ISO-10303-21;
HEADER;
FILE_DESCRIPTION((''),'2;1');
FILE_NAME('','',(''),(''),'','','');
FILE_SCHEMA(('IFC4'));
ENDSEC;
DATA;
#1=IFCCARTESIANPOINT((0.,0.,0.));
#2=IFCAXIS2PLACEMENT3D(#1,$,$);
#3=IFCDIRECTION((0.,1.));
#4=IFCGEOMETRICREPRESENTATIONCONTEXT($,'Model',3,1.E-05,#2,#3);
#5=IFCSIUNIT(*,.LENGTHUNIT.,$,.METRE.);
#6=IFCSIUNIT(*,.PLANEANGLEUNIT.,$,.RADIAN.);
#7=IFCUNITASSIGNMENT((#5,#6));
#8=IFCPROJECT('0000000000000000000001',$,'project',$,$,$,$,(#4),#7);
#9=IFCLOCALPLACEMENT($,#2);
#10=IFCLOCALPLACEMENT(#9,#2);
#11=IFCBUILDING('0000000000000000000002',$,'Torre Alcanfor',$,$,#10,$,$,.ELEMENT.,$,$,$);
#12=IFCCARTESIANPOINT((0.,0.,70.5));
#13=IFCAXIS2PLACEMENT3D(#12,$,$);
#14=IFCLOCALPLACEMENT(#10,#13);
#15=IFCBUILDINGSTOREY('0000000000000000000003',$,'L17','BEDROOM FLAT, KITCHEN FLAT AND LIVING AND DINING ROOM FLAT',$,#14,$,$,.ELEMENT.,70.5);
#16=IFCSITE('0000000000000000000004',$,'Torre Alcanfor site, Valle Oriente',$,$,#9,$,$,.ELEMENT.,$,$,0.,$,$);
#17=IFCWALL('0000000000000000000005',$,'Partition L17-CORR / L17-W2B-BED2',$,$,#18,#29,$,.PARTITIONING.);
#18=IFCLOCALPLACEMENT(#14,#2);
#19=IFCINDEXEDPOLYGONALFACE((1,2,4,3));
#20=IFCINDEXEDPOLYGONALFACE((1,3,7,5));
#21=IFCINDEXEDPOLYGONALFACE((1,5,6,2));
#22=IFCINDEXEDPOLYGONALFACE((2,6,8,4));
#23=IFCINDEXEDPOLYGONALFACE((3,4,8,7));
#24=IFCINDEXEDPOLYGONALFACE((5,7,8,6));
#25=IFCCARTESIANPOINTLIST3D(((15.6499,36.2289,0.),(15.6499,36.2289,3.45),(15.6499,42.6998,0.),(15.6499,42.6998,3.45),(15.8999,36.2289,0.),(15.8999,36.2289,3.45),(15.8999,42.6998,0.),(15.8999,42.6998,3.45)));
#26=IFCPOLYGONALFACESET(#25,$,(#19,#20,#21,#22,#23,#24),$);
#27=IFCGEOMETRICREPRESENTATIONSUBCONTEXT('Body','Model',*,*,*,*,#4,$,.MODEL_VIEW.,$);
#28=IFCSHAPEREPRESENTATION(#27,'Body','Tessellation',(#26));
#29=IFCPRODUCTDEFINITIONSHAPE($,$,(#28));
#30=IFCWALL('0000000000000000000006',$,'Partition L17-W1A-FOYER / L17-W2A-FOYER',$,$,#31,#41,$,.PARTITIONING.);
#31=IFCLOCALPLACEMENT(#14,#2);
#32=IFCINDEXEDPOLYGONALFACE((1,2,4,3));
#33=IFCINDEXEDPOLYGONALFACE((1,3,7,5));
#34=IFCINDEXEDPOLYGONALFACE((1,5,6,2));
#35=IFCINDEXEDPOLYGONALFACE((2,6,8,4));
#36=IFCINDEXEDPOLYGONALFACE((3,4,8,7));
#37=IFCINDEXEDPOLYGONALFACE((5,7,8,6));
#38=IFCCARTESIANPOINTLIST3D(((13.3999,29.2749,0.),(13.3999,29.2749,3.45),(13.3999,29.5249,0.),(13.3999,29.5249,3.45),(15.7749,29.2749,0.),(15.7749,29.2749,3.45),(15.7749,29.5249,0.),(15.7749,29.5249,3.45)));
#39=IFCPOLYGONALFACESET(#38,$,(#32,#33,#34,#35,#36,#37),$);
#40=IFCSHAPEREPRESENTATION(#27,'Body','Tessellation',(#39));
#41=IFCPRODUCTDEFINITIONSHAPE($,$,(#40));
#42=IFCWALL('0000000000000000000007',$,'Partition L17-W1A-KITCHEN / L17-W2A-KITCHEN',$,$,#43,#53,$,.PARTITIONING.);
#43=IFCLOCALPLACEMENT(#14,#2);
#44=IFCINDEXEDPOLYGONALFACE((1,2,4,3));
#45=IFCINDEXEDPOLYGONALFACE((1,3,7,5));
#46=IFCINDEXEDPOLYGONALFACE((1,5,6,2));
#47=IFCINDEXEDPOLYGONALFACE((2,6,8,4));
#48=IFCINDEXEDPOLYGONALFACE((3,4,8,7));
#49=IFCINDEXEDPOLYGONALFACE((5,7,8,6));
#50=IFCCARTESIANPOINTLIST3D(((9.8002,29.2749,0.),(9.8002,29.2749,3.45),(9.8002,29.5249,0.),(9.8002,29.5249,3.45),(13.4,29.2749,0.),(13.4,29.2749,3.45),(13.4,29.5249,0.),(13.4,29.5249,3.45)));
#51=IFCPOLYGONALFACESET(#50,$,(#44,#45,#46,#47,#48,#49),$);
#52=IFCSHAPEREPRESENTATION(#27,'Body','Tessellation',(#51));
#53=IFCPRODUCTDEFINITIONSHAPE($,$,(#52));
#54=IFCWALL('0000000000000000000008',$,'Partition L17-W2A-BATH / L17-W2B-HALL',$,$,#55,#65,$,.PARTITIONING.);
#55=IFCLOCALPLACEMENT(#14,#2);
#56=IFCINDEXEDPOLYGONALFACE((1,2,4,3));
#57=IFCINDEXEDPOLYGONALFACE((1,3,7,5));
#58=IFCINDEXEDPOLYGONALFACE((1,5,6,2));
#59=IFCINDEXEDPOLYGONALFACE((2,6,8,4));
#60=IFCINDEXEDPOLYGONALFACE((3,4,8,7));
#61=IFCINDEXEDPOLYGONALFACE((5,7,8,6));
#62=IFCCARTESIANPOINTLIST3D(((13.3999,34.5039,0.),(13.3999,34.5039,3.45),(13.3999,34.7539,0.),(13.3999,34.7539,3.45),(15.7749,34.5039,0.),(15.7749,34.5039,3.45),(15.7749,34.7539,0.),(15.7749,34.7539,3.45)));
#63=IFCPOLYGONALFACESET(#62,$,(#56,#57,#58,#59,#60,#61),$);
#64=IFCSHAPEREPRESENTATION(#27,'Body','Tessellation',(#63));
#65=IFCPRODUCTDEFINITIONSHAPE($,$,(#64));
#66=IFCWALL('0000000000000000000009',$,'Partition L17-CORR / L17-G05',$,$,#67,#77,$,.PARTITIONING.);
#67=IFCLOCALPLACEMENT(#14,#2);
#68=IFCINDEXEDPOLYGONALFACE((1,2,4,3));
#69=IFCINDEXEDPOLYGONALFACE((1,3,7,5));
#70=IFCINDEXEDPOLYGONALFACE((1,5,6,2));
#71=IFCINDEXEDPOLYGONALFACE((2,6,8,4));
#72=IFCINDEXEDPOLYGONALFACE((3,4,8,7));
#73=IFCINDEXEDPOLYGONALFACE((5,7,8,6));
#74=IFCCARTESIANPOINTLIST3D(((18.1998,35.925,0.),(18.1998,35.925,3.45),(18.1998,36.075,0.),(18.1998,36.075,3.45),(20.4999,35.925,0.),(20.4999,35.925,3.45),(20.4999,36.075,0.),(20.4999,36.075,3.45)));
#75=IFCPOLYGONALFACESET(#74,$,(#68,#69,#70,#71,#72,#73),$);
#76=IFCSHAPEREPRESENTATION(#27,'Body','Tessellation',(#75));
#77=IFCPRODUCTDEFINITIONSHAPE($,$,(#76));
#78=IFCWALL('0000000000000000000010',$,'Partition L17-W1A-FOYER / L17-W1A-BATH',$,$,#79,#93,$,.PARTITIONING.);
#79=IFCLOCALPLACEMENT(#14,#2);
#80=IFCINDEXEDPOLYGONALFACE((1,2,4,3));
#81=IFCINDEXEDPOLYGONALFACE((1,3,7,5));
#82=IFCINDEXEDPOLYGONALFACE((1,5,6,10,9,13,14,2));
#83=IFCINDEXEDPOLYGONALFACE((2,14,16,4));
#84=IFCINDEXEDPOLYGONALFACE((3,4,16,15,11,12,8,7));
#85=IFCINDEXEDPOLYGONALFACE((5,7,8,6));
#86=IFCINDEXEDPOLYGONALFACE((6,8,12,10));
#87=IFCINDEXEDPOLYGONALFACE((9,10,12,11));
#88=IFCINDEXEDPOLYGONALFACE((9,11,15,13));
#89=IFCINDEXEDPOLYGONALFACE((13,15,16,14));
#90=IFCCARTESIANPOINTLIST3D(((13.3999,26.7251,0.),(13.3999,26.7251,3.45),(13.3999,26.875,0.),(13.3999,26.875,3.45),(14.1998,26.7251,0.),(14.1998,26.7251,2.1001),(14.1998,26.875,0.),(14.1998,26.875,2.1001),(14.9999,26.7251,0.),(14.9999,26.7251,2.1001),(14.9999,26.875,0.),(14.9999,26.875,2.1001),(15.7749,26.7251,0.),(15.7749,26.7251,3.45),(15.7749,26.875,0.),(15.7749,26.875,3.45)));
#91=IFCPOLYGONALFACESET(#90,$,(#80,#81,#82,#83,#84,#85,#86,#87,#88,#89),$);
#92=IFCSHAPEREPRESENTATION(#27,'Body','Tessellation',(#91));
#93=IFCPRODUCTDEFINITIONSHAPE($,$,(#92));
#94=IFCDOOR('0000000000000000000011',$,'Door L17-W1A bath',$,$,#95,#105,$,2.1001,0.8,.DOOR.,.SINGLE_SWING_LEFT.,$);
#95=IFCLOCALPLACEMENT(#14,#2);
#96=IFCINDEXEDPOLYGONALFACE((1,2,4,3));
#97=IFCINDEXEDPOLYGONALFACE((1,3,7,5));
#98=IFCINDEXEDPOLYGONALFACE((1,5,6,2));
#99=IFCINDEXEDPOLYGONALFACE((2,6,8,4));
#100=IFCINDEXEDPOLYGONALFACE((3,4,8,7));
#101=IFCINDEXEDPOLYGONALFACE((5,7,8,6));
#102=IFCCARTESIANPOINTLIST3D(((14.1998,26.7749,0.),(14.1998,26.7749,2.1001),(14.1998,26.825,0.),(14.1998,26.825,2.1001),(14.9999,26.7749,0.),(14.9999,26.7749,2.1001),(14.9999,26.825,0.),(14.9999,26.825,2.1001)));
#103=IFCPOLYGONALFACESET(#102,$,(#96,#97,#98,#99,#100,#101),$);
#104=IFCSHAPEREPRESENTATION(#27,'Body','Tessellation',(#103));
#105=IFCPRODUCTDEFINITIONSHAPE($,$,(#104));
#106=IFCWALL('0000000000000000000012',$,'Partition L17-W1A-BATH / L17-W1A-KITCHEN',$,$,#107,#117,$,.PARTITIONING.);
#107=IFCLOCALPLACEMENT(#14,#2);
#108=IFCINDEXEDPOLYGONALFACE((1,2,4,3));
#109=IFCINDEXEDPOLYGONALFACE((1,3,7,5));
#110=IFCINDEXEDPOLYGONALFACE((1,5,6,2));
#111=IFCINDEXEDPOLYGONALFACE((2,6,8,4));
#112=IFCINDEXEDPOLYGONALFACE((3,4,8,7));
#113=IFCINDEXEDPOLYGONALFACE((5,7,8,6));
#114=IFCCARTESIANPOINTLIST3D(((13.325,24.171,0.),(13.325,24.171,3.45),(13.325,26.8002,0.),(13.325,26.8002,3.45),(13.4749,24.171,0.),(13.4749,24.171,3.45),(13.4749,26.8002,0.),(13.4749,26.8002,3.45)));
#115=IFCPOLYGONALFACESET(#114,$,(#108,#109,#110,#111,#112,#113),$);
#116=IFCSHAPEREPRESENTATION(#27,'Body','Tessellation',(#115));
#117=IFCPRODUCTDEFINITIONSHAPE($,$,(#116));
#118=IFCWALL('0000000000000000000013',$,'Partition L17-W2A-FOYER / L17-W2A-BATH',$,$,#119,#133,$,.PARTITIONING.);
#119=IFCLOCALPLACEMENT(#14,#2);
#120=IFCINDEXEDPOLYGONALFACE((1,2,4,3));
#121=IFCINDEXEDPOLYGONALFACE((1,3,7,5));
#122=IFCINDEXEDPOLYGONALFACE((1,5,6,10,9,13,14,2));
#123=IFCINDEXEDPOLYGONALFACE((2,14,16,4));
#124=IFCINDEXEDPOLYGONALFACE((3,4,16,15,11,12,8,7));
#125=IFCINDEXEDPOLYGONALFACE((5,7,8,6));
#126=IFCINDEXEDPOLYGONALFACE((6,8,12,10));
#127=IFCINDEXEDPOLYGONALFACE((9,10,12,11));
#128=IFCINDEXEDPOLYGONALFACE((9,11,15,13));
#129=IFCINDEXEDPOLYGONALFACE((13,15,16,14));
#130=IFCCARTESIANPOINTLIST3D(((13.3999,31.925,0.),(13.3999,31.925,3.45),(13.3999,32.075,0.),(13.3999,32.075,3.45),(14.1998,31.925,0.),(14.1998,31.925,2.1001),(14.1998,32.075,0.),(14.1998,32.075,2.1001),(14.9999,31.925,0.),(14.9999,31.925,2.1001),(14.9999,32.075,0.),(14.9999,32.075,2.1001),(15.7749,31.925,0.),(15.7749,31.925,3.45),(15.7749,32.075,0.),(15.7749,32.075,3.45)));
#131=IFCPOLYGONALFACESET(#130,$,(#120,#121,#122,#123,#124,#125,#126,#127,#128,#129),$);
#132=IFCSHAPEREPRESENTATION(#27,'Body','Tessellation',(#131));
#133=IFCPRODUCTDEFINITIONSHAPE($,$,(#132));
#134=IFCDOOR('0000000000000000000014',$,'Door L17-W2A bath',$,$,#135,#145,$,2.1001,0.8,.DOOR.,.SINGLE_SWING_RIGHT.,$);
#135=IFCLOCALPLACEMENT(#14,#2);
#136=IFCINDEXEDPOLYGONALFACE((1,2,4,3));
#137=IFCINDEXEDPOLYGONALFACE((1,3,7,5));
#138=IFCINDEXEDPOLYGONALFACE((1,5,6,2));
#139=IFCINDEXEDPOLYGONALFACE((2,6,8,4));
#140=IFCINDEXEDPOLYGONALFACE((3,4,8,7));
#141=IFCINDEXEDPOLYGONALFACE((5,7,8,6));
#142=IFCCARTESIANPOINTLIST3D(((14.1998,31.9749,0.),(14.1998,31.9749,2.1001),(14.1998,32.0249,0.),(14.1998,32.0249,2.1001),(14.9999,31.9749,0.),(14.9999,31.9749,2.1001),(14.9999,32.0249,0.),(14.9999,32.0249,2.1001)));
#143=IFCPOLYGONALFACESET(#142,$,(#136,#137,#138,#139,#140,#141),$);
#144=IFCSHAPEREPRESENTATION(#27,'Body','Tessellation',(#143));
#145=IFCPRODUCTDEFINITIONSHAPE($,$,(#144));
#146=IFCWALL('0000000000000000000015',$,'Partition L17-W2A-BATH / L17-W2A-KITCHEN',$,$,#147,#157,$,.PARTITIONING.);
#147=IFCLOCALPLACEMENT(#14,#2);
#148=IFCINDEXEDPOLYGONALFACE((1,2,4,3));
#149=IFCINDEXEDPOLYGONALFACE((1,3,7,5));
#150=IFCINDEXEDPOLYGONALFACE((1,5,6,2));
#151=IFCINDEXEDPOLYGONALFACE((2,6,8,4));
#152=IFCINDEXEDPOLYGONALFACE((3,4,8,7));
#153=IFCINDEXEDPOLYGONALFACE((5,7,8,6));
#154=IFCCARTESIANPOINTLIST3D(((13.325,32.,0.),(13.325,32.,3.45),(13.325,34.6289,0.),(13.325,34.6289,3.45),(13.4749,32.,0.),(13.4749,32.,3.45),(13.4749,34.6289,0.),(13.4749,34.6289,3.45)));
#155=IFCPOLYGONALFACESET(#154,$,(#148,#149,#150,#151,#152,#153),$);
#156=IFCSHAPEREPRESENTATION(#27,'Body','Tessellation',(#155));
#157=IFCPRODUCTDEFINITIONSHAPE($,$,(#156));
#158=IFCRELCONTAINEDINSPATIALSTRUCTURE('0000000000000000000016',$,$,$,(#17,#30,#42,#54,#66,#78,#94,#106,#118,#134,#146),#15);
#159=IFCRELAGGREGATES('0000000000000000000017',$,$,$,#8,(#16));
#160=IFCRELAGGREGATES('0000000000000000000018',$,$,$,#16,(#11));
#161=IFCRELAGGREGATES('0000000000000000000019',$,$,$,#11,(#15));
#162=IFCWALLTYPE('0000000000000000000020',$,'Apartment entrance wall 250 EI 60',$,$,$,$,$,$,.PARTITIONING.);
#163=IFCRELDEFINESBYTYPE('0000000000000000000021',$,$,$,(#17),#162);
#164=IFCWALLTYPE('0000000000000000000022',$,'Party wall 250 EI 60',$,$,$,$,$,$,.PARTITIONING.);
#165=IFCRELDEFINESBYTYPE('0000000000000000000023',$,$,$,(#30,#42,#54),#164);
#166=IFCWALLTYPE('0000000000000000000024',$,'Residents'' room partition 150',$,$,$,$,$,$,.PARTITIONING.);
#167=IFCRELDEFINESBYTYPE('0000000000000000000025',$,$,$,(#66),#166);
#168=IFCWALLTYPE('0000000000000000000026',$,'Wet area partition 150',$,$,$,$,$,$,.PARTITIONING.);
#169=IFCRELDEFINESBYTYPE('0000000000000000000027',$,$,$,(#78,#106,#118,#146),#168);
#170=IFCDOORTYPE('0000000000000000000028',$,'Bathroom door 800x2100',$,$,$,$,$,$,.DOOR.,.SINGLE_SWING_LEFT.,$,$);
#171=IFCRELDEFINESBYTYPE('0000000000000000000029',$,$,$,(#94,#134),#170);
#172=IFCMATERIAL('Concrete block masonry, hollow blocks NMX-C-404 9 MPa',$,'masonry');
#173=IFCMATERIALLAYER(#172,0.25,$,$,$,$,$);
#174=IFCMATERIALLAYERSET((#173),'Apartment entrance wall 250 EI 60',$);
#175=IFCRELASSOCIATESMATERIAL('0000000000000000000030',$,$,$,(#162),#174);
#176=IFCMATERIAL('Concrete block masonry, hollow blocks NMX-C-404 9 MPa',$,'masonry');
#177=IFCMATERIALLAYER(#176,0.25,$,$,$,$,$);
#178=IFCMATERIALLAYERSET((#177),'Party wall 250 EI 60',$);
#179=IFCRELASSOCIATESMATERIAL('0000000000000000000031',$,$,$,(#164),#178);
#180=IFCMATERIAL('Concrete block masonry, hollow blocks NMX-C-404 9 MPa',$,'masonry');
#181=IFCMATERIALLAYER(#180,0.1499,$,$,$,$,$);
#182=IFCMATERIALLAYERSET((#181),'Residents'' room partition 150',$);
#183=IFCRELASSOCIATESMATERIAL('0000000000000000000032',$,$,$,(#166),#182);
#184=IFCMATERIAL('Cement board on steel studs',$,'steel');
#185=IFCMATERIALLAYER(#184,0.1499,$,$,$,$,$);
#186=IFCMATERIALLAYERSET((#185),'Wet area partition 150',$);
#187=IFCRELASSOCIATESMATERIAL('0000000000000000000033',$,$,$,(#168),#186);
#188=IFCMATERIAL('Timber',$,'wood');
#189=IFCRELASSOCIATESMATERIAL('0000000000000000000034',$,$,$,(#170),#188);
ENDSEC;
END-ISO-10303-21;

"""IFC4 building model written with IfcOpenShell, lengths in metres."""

from ifc_helpers import new_model, si_unit, direction, frame, frame_2d, origin, place, context, subcontext, project, spatial, rectangle, extrude, material, layer, layer_set, type_object, element, fill, save


model = new_model("IFC4")

# Units and contexts
model_context = context("Model", 3, precision=1e-05, world=origin(), true_north=direction((0.0, 1.0)))
body_context = subcontext(model_context, "Body", "Model", "MODEL_VIEW")
ifc_project = project(units=[si_unit("LENGTHUNIT", "METRE"), si_unit("PLANEANGLEUNIT", "RADIAN")], contexts=[model_context])

# Site, building, storey
site_placement = place(None, origin())
site = spatial("IfcSite", under=ifc_project, at=site_placement, Name="Torre Alcanfor site, Valle Oriente", CompositionType="ELEMENT", RefElevation=0.0)
building_placement = place(site_placement, origin())
building = spatial("IfcBuilding", under=site, at=building_placement, Name="Torre Alcanfor", CompositionType="ELEMENT")
storey_placement = place(building_placement, frame((0.0, 0.0, 70.5)))
storey = spatial("IfcBuildingStorey", under=building, at=storey_placement, Name="L17", Description="BEDROOM FLAT, KITCHEN FLAT AND LIVING AND DINING ROOM FLAT", CompositionType="ELEMENT", Elevation=70.5)

# Shared definitions
ifc_material_1 = material(Name="Concrete block masonry, hollow blocks NMX-C-404 9 MPa", Category="masonry")
ifc_layer_1 = layer(ifc_material_1, 0.25)
ifc_layer_set_1 = layer_set([ifc_layer_1], Name="Apartment entrance wall 250 EI 60")
wall_type_1 = type_object("IfcWallType", Name="Apartment entrance wall 250 EI 60", PredefinedType="PARTITIONING", material=ifc_layer_set_1)

# Walls
wall_1_placement = place(storey_placement, frame((15.7749, 36.229, 0.0), z_axis=(0.0, 0.0, 1.0), x_axis=(0.0, 1.0, 0.0)))
element("IfcWall", 1, at=wall_1_placement, inside=storey, type_object=wall_type_1, Name="Partition L17-CORR / L17-W2B-BED2", PredefinedType="PARTITIONING", context=body_context, shape_type="SweptSolid", body=[
    extrude(rectangle(XDim=6.4709, YDim=0.25, at=frame_2d((3.2354, 0.0))), origin(), (0.0, 0.0, 1.0), 3.45),
])
ifc_material_2 = material(Name="Concrete block masonry, hollow blocks NMX-C-404 9 MPa", Category="masonry")
ifc_layer_2 = layer(ifc_material_2, 0.25)
ifc_layer_set_2 = layer_set([ifc_layer_2], Name="Party wall 250 EI 60")
wall_type_2 = type_object("IfcWallType", Name="Party wall 250 EI 60", PredefinedType="PARTITIONING", material=ifc_layer_set_2)
wall_2_placement = place(storey_placement, frame((15.7749, 29.3999, 0.0), z_axis=(0.0, 0.0, 1.0), x_axis=(-1.0, 0.0, 0.0)))
element("IfcWall", 2, at=wall_2_placement, inside=storey, type_object=wall_type_2, Name="Partition L17-W1A-FOYER / L17-W2A-FOYER", PredefinedType="PARTITIONING", context=body_context, shape_type="SweptSolid", body=[
    extrude(rectangle(XDim=2.375, YDim=0.25, at=frame_2d((1.1875, 0.0))), origin(), (0.0, 0.0, 1.0), 3.45),
])
wall_3_placement = place(storey_placement, frame((13.3999, 29.3999, 0.0), z_axis=(0.0, 0.0, 1.0), x_axis=(-1.0, 0.0, 0.0)))
element("IfcWall", 3, at=wall_3_placement, inside=storey, type_object=wall_type_2, Name="Partition L17-W1A-KITCHEN / L17-W2A-KITCHEN", PredefinedType="PARTITIONING", context=body_context, shape_type="SweptSolid", body=[
    extrude(rectangle(XDim=3.5999, YDim=0.25, at=frame_2d((1.7998, 0.0))), origin(), (0.0, 0.0, 1.0), 3.45),
])
wall_4_placement = place(storey_placement, frame((13.3999, 34.6289, 0.0), z_axis=(0.0, 0.0, 1.0), x_axis=(1.0, 0.0, 0.0)))
element("IfcWall", 4, at=wall_4_placement, inside=storey, type_object=wall_type_2, Name="Partition L17-W2A-BATH / L17-W2B-HALL", PredefinedType="PARTITIONING", context=body_context, shape_type="SweptSolid", body=[
    extrude(rectangle(XDim=2.375, YDim=0.25, at=frame_2d((1.1875, 0.0))), origin(), (0.0, 0.0, 1.0), 3.45),
])
ifc_material_3 = material(Name="Concrete block masonry, hollow blocks NMX-C-404 9 MPa", Category="masonry")
ifc_layer_3 = layer(ifc_material_3, 0.1499)
ifc_layer_set_3 = layer_set([ifc_layer_3], Name="Residents' room partition 150")
wall_type_3 = type_object("IfcWallType", Name="Residents' room partition 150", PredefinedType="PARTITIONING", material=ifc_layer_set_3)
wall_5_placement = place(storey_placement, frame((18.2, 36.0, 0.0), z_axis=(0.0, 0.0, 1.0), x_axis=(1.0, 0.0, 0.0)))
element("IfcWall", 5, at=wall_5_placement, inside=storey, type_object=wall_type_3, Name="Partition L17-CORR / L17-G05", PredefinedType="PARTITIONING", context=body_context, shape_type="SweptSolid", body=[
    extrude(rectangle(XDim=2.3, YDim=0.1499, at=frame_2d((1.1499, 0.0))), origin(), (0.0, 0.0, 1.0), 3.45),
])

# Wall, opening, door
ifc_material_4 = material(Name="Cement board on steel studs", Category="steel")
ifc_layer_4 = layer(ifc_material_4, 0.1499)
ifc_layer_set_4 = layer_set([ifc_layer_4], Name="Wet area partition 150")
wall_type_4 = type_object("IfcWallType", Name="Wet area partition 150", PredefinedType="PARTITIONING", material=ifc_layer_set_4)
wall_6_placement = place(storey_placement, frame((13.3999, 26.8, 0.0), z_axis=(0.0, 0.0, 1.0), x_axis=(1.0, 0.0, 0.0)))
wall_6 = element("IfcWall", 6, at=wall_6_placement, inside=storey, type_object=wall_type_4, Name="Partition L17-W1A-FOYER / L17-W1A-BATH", PredefinedType="PARTITIONING", context=body_context, shape_type="SweptSolid", body=[
    extrude(rectangle(XDim=2.375, YDim=0.1499, at=frame_2d((1.1875, 0.0))), origin(), (0.0, 0.0, 1.0), 3.45),
])
opening_1_placement = place(wall_6_placement, frame((0.8, 0.0, 0.0)))
opening_1 = element("IfcOpeningElement", 7, at=opening_1_placement, cuts=wall_6, PredefinedType="OPENING", context=body_context, shape_type="SweptSolid", body=[
    extrude(rectangle(XDim=0.8, YDim=2.1001, at=frame_2d((0.3999, 1.05))), frame((0.0, 0.085, 0.0), z_axis=(0.0, -1.0, 0.0), x_axis=(1.0, 0.0, 0.0)), (0.0, 0.0, 1.0), 0.1699),
])
ifc_material_5 = material(Name="Timber", Category="wood")
door_type_1 = type_object("IfcDoorType", Name="Bathroom door 800x2100", OperationType="SINGLE_SWING_LEFT", PredefinedType="DOOR", material=ifc_material_5)
door_1_placement = place(opening_1_placement, frame((0.8, 0.0, 0.0), z_axis=(0.0, 0.0, 1.0), x_axis=(-1.0, 0.0, 0.0)))
door_1 = element("IfcDoor", 8, at=door_1_placement, inside=storey, type_object=door_type_1, Name="Door L17-W1A bath", OperationType="SINGLE_SWING_LEFT", OverallHeight=2.1001, OverallWidth=0.8, PredefinedType="DOOR", context=body_context, shape_type="SweptSolid", body=[
    extrude(rectangle(XDim=0.8, YDim=2.1001, at=frame_2d((0.4001, 1.05))), frame((0.0, 0.0251, 0.0), z_axis=(0.0, -1.0, 0.0), x_axis=(1.0, 0.0, 0.0)), (0.0, 0.0, 1.0), 0.05),
])
fill(opening_1, door_1)

# Wall
wall_7_placement = place(storey_placement, frame((13.3999, 26.8, 0.0), z_axis=(0.0, 0.0, 1.0), x_axis=(0.0, -1.0, 0.0)))
element("IfcWall", 9, at=wall_7_placement, inside=storey, type_object=wall_type_4, Name="Partition L17-W1A-BATH / L17-W1A-KITCHEN", PredefinedType="PARTITIONING", context=body_context, shape_type="SweptSolid", body=[
    extrude(rectangle(XDim=2.6292, YDim=0.1499, at=frame_2d((1.3145, 0.0))), origin(), (0.0, 0.0, 1.0), 3.45),
])

# Wall, opening, door
wall_8_placement = place(storey_placement, frame((13.3999, 32.0, 0.0), z_axis=(0.0, 0.0, 1.0), x_axis=(1.0, 0.0, 0.0)))
wall_8 = element("IfcWall", 10, at=wall_8_placement, inside=storey, type_object=wall_type_4, Name="Partition L17-W2A-FOYER / L17-W2A-BATH", PredefinedType="PARTITIONING", context=body_context, shape_type="SweptSolid", body=[
    extrude(rectangle(XDim=2.375, YDim=0.1499, at=frame_2d((1.1875, 0.0))), origin(), (0.0, 0.0, 1.0), 3.45),
])
opening_2_placement = place(wall_8_placement, frame((0.8, 0.0, 0.0)))
opening_2 = element("IfcOpeningElement", 11, at=opening_2_placement, cuts=wall_8, PredefinedType="OPENING", context=body_context, shape_type="SweptSolid", body=[
    extrude(rectangle(XDim=0.8, YDim=2.1001, at=frame_2d((0.3999, 1.05))), frame((0.0, 0.085, 0.0), z_axis=(0.0, -1.0, 0.0), x_axis=(1.0, 0.0, 0.0)), (0.0, 0.0, 1.0), 0.1699),
])
door_2_placement = place(opening_2_placement, origin())
door_2 = element("IfcDoor", 12, at=door_2_placement, inside=storey, type_object=door_type_1, Name="Door L17-W2A bath", OperationType="SINGLE_SWING_RIGHT", OverallHeight=2.1001, OverallWidth=0.8, PredefinedType="DOOR", context=body_context, shape_type="SweptSolid", body=[
    extrude(rectangle(XDim=0.8, YDim=2.1001, at=frame_2d((0.3999, 1.05))), frame((0.0, 0.0249, 0.0), z_axis=(0.0, -1.0, 0.0), x_axis=(1.0, 0.0, 0.0)), (0.0, 0.0, 1.0), 0.05),
])
fill(opening_2, door_2)

# Wall
wall_9_placement = place(storey_placement, frame((13.3999, 32.0, 0.0), z_axis=(0.0, 0.0, 1.0), x_axis=(0.0, 1.0, 0.0)))
element("IfcWall", 13, at=wall_9_placement, inside=storey, type_object=wall_type_4, Name="Partition L17-W2A-BATH / L17-W2A-KITCHEN", PredefinedType="PARTITIONING", context=body_context, shape_type="SweptSolid", body=[
    extrude(rectangle(XDim=2.6289, YDim=0.1499, at=frame_2d((1.3145, 0.0))), origin(), (0.0, 0.0, 1.0), 3.45),
])

save(model, "model.ifc")
